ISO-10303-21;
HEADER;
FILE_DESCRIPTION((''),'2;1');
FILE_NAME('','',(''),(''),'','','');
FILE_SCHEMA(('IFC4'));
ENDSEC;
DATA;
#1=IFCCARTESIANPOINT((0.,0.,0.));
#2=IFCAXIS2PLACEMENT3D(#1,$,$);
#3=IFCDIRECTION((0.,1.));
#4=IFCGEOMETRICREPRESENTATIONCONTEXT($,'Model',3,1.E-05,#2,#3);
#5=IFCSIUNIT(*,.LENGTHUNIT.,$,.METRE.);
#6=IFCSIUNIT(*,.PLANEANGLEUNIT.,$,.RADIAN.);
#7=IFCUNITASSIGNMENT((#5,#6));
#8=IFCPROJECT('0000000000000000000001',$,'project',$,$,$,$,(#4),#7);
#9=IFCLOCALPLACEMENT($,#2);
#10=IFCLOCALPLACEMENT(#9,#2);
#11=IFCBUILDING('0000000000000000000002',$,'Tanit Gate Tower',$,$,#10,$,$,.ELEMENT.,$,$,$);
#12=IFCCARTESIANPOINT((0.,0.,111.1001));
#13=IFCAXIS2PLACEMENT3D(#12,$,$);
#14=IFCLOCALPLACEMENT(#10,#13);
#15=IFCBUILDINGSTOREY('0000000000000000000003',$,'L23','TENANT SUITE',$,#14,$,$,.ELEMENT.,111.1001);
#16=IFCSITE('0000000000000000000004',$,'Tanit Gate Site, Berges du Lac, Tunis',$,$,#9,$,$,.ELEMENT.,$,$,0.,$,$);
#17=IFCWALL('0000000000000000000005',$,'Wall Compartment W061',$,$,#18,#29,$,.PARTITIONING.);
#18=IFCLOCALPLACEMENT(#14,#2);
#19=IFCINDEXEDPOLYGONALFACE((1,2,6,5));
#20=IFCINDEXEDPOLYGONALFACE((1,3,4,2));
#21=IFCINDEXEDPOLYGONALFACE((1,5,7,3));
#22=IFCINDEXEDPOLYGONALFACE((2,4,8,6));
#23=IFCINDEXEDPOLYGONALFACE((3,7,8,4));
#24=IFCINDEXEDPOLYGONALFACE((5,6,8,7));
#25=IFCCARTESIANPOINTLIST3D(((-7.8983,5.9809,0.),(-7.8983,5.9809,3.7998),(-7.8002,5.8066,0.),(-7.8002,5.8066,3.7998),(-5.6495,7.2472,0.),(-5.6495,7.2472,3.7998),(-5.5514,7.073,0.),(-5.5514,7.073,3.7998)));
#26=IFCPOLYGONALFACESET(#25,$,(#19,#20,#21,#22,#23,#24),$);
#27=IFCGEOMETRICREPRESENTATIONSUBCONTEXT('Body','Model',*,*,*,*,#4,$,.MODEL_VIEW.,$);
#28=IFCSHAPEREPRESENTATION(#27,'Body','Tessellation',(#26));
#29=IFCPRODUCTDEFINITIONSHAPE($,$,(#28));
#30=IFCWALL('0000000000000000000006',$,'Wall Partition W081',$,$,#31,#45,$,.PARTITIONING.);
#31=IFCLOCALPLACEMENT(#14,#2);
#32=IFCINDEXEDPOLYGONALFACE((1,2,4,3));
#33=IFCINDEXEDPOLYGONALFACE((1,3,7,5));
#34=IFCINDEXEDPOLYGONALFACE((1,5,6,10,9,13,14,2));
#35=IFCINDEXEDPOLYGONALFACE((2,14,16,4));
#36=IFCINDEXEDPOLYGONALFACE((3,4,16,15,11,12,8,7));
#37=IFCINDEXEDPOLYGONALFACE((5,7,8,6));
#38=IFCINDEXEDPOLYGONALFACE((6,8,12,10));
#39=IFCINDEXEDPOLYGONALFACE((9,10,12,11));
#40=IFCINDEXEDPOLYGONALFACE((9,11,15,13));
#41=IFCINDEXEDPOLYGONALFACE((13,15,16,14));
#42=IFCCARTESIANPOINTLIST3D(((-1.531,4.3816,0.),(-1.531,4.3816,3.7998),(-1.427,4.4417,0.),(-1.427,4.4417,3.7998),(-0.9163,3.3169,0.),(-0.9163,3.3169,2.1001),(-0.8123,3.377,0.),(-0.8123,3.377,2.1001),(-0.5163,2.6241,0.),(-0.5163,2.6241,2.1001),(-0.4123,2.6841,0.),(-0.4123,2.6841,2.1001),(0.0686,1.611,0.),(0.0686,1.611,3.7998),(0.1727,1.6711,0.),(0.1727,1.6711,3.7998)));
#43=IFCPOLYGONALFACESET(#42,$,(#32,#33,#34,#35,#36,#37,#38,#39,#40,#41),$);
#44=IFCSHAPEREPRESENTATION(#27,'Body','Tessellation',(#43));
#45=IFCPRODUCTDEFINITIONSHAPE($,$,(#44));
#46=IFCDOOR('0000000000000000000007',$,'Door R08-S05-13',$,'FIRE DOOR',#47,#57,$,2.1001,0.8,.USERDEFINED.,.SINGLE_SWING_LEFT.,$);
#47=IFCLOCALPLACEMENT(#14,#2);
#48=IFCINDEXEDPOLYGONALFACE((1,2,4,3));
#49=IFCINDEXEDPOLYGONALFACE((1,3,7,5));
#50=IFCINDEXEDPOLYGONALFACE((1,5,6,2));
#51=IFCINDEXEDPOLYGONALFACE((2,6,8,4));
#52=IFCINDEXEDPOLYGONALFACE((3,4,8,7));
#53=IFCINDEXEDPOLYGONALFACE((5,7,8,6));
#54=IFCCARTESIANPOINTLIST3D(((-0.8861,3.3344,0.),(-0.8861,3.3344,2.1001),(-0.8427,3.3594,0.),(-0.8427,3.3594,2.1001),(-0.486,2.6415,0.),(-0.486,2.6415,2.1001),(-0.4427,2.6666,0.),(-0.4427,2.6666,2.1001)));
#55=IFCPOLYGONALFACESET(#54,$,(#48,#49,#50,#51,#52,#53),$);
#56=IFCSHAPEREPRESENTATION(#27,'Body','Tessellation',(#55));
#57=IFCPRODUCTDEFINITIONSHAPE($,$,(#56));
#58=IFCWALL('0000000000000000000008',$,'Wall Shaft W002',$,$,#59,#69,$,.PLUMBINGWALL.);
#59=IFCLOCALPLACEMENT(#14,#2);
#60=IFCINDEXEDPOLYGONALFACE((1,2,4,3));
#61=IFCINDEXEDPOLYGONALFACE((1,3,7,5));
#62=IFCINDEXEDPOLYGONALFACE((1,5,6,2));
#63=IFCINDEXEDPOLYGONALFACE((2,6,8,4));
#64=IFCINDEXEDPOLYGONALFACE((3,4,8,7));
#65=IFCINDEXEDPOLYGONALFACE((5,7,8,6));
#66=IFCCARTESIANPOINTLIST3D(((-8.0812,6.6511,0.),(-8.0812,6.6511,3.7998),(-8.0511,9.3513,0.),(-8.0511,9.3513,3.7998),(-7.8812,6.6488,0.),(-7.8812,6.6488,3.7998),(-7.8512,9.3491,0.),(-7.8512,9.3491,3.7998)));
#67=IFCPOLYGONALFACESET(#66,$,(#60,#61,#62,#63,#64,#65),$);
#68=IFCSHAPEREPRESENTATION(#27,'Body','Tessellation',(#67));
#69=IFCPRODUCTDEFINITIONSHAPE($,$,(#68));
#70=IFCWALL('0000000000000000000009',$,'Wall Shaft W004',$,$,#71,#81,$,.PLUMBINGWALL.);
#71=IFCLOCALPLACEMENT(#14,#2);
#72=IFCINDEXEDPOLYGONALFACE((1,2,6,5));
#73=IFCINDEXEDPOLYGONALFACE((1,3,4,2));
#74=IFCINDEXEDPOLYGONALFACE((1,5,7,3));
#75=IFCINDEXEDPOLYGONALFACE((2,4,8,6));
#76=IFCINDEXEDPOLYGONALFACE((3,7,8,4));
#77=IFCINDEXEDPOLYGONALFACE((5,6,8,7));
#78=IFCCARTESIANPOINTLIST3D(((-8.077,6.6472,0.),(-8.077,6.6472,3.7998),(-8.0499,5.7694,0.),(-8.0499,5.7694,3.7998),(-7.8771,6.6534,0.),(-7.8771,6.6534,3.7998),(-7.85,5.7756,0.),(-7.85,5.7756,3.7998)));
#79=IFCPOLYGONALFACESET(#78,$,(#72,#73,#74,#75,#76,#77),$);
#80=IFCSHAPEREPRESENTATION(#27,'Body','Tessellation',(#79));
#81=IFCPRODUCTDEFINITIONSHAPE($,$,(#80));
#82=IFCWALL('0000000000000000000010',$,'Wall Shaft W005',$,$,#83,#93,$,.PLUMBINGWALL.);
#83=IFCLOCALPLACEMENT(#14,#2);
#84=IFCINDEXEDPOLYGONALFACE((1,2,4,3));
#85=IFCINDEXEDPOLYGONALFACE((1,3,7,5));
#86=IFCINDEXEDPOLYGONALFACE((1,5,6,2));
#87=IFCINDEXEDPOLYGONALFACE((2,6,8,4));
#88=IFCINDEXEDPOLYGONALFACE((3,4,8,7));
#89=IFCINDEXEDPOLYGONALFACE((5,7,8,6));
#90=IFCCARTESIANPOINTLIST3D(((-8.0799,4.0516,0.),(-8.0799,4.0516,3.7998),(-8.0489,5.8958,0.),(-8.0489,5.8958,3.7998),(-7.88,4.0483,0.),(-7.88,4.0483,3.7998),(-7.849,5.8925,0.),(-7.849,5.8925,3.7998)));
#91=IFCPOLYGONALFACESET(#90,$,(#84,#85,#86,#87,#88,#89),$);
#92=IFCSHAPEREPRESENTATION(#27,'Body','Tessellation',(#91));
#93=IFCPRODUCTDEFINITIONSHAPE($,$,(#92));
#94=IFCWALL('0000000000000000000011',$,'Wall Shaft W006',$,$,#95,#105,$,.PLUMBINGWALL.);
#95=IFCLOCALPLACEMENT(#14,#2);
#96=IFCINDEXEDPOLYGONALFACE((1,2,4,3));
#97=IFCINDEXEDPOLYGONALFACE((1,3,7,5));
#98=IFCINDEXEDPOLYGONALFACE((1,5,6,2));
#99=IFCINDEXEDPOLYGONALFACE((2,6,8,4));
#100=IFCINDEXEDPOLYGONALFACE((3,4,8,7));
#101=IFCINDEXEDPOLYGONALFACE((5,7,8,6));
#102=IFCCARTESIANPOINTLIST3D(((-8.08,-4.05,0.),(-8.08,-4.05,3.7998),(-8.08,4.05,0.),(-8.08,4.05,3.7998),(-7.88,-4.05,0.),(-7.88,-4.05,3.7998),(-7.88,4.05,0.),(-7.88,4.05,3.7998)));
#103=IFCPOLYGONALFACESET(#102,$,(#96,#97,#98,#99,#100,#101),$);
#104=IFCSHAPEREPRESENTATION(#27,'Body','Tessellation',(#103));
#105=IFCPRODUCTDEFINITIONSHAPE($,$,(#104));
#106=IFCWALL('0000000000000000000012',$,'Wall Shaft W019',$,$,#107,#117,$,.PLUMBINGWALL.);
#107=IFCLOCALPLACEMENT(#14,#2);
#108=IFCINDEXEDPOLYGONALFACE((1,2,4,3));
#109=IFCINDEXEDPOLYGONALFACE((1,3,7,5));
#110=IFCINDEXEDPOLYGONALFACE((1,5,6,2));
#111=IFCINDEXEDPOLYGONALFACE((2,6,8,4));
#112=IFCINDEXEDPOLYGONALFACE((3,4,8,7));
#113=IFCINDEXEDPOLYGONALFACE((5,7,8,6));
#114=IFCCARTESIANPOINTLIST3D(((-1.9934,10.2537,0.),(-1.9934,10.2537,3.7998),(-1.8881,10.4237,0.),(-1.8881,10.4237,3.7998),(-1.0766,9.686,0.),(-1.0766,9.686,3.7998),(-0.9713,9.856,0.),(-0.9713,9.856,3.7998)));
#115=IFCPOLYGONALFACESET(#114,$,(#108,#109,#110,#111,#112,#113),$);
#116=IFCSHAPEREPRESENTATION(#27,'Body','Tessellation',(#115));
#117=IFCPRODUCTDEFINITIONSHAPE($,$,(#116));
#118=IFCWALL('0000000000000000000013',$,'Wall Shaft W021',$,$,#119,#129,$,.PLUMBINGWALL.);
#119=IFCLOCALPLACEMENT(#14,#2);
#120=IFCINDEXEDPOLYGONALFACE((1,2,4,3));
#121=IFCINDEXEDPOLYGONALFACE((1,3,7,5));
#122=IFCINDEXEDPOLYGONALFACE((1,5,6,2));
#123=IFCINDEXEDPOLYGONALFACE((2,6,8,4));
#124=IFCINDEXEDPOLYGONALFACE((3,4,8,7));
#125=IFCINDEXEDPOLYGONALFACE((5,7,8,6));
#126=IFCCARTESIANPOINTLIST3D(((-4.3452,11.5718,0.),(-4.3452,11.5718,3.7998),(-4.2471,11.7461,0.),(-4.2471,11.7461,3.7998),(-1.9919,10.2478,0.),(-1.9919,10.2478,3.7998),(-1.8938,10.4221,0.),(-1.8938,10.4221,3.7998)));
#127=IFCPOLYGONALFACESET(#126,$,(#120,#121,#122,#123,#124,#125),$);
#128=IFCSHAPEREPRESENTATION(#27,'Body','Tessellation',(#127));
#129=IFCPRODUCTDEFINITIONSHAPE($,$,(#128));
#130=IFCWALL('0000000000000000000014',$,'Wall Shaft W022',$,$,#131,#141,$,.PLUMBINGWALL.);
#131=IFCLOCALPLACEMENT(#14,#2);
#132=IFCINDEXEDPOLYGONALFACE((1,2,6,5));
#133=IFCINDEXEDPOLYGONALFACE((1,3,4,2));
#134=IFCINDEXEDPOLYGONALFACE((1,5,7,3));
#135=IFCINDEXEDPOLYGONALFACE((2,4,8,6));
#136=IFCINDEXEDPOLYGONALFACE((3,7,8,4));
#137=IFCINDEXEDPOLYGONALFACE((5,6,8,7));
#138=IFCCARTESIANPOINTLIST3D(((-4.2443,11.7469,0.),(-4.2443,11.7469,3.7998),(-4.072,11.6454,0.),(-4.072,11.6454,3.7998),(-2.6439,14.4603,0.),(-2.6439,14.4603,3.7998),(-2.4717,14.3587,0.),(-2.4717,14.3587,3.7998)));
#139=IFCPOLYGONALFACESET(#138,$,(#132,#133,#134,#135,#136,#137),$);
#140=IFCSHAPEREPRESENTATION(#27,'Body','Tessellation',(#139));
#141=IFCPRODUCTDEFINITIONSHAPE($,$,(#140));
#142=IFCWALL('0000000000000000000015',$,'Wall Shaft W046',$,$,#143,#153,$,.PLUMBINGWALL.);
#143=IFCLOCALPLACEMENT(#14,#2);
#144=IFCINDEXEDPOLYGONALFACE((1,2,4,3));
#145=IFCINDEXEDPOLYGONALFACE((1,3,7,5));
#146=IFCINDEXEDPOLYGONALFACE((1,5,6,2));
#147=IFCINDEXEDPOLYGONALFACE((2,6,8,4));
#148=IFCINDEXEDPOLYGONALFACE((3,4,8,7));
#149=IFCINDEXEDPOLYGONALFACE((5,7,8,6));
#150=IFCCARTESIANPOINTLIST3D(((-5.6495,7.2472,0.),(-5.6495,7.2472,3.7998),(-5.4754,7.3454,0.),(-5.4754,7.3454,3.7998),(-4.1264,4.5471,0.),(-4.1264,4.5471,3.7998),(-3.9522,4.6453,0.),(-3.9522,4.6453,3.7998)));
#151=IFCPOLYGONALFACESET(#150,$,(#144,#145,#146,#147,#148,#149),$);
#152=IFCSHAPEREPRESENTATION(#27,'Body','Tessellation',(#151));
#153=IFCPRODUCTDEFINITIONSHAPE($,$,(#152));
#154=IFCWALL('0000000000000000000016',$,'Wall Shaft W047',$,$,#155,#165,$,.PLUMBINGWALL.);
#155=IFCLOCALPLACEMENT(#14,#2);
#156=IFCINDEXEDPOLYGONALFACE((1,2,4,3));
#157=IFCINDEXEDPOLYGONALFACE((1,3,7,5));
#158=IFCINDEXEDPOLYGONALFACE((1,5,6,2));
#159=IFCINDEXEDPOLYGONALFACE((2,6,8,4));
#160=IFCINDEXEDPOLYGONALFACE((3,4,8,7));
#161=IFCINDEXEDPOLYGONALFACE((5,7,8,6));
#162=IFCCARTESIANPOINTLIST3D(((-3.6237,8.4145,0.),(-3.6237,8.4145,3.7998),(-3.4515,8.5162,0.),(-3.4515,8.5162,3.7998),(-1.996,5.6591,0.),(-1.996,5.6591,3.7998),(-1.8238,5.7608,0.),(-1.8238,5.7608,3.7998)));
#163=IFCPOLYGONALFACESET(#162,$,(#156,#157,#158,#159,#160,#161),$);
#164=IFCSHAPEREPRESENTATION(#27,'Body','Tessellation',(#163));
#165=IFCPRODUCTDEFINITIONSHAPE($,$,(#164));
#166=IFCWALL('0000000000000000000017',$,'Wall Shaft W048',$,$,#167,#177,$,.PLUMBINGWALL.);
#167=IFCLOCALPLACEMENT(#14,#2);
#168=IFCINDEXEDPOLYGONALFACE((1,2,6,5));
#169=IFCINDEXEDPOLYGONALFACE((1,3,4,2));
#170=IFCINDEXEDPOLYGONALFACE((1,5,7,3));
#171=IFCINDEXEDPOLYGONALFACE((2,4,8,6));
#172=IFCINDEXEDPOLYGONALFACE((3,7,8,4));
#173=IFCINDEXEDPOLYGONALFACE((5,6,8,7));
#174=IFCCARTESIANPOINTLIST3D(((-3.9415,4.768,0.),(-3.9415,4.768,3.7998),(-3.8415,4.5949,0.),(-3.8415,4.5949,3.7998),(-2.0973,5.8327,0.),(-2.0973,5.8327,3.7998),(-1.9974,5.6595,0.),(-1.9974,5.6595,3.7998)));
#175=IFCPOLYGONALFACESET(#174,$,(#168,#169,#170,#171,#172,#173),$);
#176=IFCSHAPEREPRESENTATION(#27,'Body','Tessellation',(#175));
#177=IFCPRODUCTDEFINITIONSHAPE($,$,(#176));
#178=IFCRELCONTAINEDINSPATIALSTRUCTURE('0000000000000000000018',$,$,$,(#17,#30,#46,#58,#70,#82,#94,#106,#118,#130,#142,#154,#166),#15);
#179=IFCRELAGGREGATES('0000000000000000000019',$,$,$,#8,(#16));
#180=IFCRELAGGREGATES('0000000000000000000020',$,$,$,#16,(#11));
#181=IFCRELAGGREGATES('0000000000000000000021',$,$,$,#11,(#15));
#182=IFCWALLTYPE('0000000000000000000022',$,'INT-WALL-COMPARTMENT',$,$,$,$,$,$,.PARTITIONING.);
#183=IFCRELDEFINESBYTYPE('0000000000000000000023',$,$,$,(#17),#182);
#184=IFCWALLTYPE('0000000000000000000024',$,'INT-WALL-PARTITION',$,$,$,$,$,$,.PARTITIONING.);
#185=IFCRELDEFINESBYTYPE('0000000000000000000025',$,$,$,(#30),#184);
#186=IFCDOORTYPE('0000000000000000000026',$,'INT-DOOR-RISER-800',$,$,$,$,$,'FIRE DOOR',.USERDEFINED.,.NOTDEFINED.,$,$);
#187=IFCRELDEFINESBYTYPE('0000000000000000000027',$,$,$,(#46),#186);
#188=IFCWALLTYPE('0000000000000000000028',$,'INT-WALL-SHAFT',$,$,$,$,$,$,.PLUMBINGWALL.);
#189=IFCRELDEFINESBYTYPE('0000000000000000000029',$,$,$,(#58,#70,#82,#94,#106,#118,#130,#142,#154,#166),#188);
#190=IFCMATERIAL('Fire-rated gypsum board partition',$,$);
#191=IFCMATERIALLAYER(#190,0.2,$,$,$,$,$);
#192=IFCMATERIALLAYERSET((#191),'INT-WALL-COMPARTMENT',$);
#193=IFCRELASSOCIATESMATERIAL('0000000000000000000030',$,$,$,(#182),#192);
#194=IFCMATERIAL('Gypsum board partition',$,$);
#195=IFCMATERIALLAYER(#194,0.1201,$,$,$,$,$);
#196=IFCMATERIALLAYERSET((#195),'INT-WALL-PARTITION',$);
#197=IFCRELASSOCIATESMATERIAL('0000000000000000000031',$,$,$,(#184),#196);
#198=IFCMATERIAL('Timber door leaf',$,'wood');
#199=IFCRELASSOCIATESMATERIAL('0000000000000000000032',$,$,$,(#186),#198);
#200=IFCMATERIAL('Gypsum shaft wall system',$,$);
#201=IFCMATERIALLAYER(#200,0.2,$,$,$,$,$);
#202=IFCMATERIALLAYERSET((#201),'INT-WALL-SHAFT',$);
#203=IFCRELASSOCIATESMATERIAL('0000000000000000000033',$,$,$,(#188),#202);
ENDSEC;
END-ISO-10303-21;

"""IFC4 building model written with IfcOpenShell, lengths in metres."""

from ifc_helpers import new_model, si_unit, direction, frame, frame_2d, origin, place, context, subcontext, project, spatial, rectangle, extrude, material, layer, layer_set, type_object, element, fill, save


model = new_model("IFC4")

# Units and contexts
model_context = context("Model", 3, precision=1e-05, world=origin(), true_north=direction((0.0, 1.0)))
body_context = subcontext(model_context, "Body", "Model", "MODEL_VIEW")
ifc_project = project(units=[si_unit("LENGTHUNIT", "METRE"), si_unit("PLANEANGLEUNIT", "RADIAN")], contexts=[model_context])

# Site, building, storey
site_placement = place(None, origin())
site = spatial("IfcSite", under=ifc_project, at=site_placement, Name="Tanit Gate Site, Berges du Lac, Tunis", CompositionType="ELEMENT", RefElevation=0.0)
building_placement = place(site_placement, origin())
building = spatial("IfcBuilding", under=site, at=building_placement, Name="Tanit Gate Tower", CompositionType="ELEMENT")
storey_placement = place(building_placement, frame((0.0, 0.0, 111.1001)))
storey = spatial("IfcBuildingStorey", under=building, at=storey_placement, Name="L23", Description="TENANT SUITE", CompositionType="ELEMENT", Elevation=111.1001)

# Wall
ifc_material_1 = material(Name="Fire-rated gypsum board partition")
ifc_layer_1 = layer(ifc_material_1, 0.2)
ifc_layer_set_1 = layer_set([ifc_layer_1], Name="INT-WALL-COMPARTMENT")
wall_type_1 = type_object("IfcWallType", Name="INT-WALL-COMPARTMENT", PredefinedType="PARTITIONING", material=ifc_layer_set_1)
wall_1_placement = place(storey_placement, frame((-5.6003, 7.1602, 0.0), z_axis=(0.0, 0.0, 1.0), x_axis=(-0.87134, -0.490679, 0.0)))
element("IfcWall", 1, at=wall_1_placement, inside=storey, type_object=wall_type_1, Name="Wall Compartment W061", PredefinedType="PARTITIONING", context=body_context, shape_type="SweptSolid", body=[
    extrude(rectangle(XDim=2.5808, YDim=0.2, at=frame_2d((1.2905, 0.0))), origin(), (0.0, 0.0, 1.0), 3.7998),
])

# Wall, opening, door
ifc_material_2 = material(Name="Gypsum board partition")
ifc_layer_2 = layer(ifc_material_2, 0.1201)
ifc_layer_set_2 = layer_set([ifc_layer_2], Name="INT-WALL-PARTITION")
wall_type_2 = type_object("IfcWallType", Name="INT-WALL-PARTITION", PredefinedType="PARTITIONING", material=ifc_layer_set_2)
wall_2_placement = place(storey_placement, frame((-1.479, 4.4116, 0.0), z_axis=(0.0, 0.0, 1.0), x_axis=(0.500013, -0.866018, 0.0)))
wall_2 = element("IfcWall", 2, at=wall_2_placement, inside=storey, type_object=wall_type_2, Name="Wall Partition W081", PredefinedType="PARTITIONING", context=body_context, shape_type="SweptSolid", body=[
    extrude(rectangle(XDim=3.1992, YDim=0.1201, at=frame_2d((1.5996, 0.0))), origin(), (0.0, 0.0, 1.0), 3.7998),
])
opening_1_placement = place(wall_2_placement, frame((1.2295, 0.0, 0.0)))
opening_1 = element("IfcOpeningElement", 3, at=opening_1_placement, cuts=wall_2, PredefinedType="OPENING", context=body_context, shape_type="SweptSolid", body=[
    extrude(rectangle(XDim=0.8, YDim=2.1001, at=frame_2d((0.3999, 1.05))), frame((0.0, 0.0701, 0.0), z_axis=(0.0, -1.0, 0.0), x_axis=(1.0, 0.0, 0.0)), (0.0, 0.0, 1.0), 0.1401),
])
ifc_material_3 = material(Name="Timber door leaf", Category="wood")
door_type_1 = type_object("IfcDoorType", Name="INT-DOOR-RISER-800", ElementType="FIRE DOOR", OperationType="NOTDEFINED", PredefinedType="USERDEFINED", material=ifc_material_3)
door_1_placement = place(opening_1_placement, origin())
door_1 = element("IfcDoor", 4, at=door_1_placement, inside=storey, type_object=door_type_1, Name="Door R08-S05-13", ObjectType="FIRE DOOR", OperationType="SINGLE_SWING_LEFT", OverallHeight=2.1001, OverallWidth=0.8, PredefinedType="USERDEFINED", context=body_context, shape_type="SweptSolid", body=[
    extrude(rectangle(XDim=0.8, YDim=2.1001, at=frame_2d((0.3999, 1.05))), frame((0.0, 0.0249, 0.0), z_axis=(0.0, -1.0, 0.0), x_axis=(1.0, 0.0, 0.0)), (0.0, 0.0, 1.0), 0.05),
])
fill(opening_1, door_1)

# Walls
ifc_material_4 = material(Name="Gypsum shaft wall system")
ifc_layer_3 = layer(ifc_material_4, 0.2)
ifc_layer_set_3 = layer_set([ifc_layer_3], Name="INT-WALL-SHAFT")
wall_type_3 = type_object("IfcWallType", Name="INT-WALL-SHAFT", PredefinedType="PLUMBINGWALL", material=ifc_layer_set_3)
wall_3_placement = place(storey_placement, frame((-7.9512, 9.3501, 0.0), z_axis=(0.0, 0.0, 1.0), x_axis=(-0.01112, -0.999938, 0.0)))
element("IfcWall", 5, at=wall_3_placement, inside=storey, type_object=wall_type_3, Name="Wall Shaft W002", PredefinedType="PLUMBINGWALL", context=body_context, shape_type="SweptSolid", body=[
    extrude(rectangle(XDim=2.7004, YDim=0.2, at=frame_2d((1.3501, 0.0))), origin(), (0.0, 0.0, 1.0), 3.7998),
])
wall_4_placement = place(storey_placement, frame((-7.9771, 6.6501, 0.0), z_axis=(0.0, 0.0, 1.0), x_axis=(0.030862, -0.999524, 0.0)))
element("IfcWall", 6, at=wall_4_placement, inside=storey, type_object=wall_type_3, Name="Wall Shaft W004", PredefinedType="PLUMBINGWALL", context=body_context, shape_type="SweptSolid", body=[
    extrude(rectangle(XDim=0.8782, YDim=0.2, at=frame_2d((0.439, 0.0))), origin(), (0.0, 0.0, 1.0), 3.7998),
])
wall_5_placement = place(storey_placement, frame((-7.949, 5.8943, 0.0), z_axis=(0.0, 0.0, 1.0), x_axis=(-0.01681, -0.999859, 0.0)))
element("IfcWall", 7, at=wall_5_placement, inside=storey, type_object=wall_type_3, Name="Wall Shaft W005", PredefinedType="PLUMBINGWALL", context=body_context, shape_type="SweptSolid", body=[
    extrude(rectangle(XDim=1.8445, YDim=0.2, at=frame_2d((0.9224, 0.0))), origin(), (0.0, 0.0, 1.0), 3.7998),
])
wall_6_placement = place(storey_placement, frame((-7.98, 4.05, 0.0), z_axis=(0.0, 0.0, 1.0), x_axis=(0.0, -1.0, 0.0)))
element("IfcWall", 8, at=wall_6_placement, inside=storey, type_object=wall_type_3, Name="Wall Shaft W006", PredefinedType="PLUMBINGWALL", context=body_context, shape_type="SweptSolid", body=[
    extrude(rectangle(XDim=8.1001, YDim=0.2, at=frame_2d((4.05, 0.0))), origin(), (0.0, 0.0, 1.0), 3.7998),
])
wall_7_placement = place(storey_placement, frame((-1.9407, 10.3386, 0.0), z_axis=(0.0, 0.0, 1.0), x_axis=(0.850217, -0.526433, 0.0)))
element("IfcWall", 9, at=wall_7_placement, inside=storey, type_object=wall_type_3, Name="Wall Shaft W019", PredefinedType="PLUMBINGWALL", context=body_context, shape_type="SweptSolid", body=[
    extrude(rectangle(XDim=1.0784, YDim=0.2, at=frame_2d((0.5391, 0.0))), origin(), (0.0, 0.0, 1.0), 3.7998),
])
wall_8_placement = place(storey_placement, frame((-4.2961, 11.6589, 0.0), z_axis=(0.0, 0.0, 1.0), x_axis=(0.871534, -0.490334, 0.0)))
element("IfcWall", 10, at=wall_8_placement, inside=storey, type_object=wall_type_3, Name="Wall Shaft W021", PredefinedType="PLUMBINGWALL", context=body_context, shape_type="SweptSolid", body=[
    extrude(rectangle(XDim=2.7002, YDim=0.2, at=frame_2d((1.3501, 0.0))), origin(), (0.0, 0.0, 1.0), 3.7998),
])
wall_9_placement = place(storey_placement, frame((-4.1582, 11.696, 0.0), z_axis=(0.0, 0.0, 1.0), x_axis=(0.508019, 0.861346, 0.0)))
element("IfcWall", 11, at=wall_9_placement, inside=storey, type_object=wall_type_3, Name="Wall Shaft W022", PredefinedType="PLUMBINGWALL", context=body_context, shape_type="SweptSolid", body=[
    extrude(rectangle(XDim=3.1501, YDim=0.2, at=frame_2d((1.5752, 0.0))), origin(), (0.0, 0.0, 1.0), 3.7998),
])

# Walls
wall_10_placement = place(storey_placement, frame((-4.0393, 4.5962, 0.0), z_axis=(0.0, 0.0, 1.0), x_axis=(-0.491323, 0.870978, 0.0)))
element("IfcWall", 12, at=wall_10_placement, inside=storey, type_object=wall_type_3, Name="Wall Shaft W046", PredefinedType="PLUMBINGWALL", context=body_context, shape_type="SweptSolid", body=[
    extrude(rectangle(XDim=3.1001, YDim=0.2, at=frame_2d((1.55, 0.0))), origin(), (0.0, 0.0, 1.0), 3.7998),
])
wall_11_placement = place(storey_placement, frame((-3.5376, 8.4653, 0.0), z_axis=(0.0, 0.0, 1.0), x_axis=(0.508616, -0.860993, 0.0)))
element("IfcWall", 13, at=wall_11_placement, inside=storey, type_object=wall_type_3, Name="Wall Shaft W047", PredefinedType="PLUMBINGWALL", context=body_context, shape_type="SweptSolid", body=[
    extrude(rectangle(XDim=3.2002, YDim=0.2, at=frame_2d((1.6001, 0.0))), origin(), (0.0, 0.0, 1.0), 3.7998),
])
wall_12_placement = place(storey_placement, frame((-2.0474, 5.7461, 0.0), z_axis=(0.0, 0.0, 1.0), x_axis=(-0.86604, -0.499974, 0.0)))
element("IfcWall", 14, at=wall_12_placement, inside=storey, type_object=wall_type_3, Name="Wall Shaft W048", PredefinedType="PLUMBINGWALL", context=body_context, shape_type="SweptSolid", body=[
    extrude(rectangle(XDim=2.1294, YDim=0.2, at=frame_2d((1.0647, 0.0))), origin(), (0.0, 0.0, 1.0), 3.7998),
])

save(model, "model.ifc")
